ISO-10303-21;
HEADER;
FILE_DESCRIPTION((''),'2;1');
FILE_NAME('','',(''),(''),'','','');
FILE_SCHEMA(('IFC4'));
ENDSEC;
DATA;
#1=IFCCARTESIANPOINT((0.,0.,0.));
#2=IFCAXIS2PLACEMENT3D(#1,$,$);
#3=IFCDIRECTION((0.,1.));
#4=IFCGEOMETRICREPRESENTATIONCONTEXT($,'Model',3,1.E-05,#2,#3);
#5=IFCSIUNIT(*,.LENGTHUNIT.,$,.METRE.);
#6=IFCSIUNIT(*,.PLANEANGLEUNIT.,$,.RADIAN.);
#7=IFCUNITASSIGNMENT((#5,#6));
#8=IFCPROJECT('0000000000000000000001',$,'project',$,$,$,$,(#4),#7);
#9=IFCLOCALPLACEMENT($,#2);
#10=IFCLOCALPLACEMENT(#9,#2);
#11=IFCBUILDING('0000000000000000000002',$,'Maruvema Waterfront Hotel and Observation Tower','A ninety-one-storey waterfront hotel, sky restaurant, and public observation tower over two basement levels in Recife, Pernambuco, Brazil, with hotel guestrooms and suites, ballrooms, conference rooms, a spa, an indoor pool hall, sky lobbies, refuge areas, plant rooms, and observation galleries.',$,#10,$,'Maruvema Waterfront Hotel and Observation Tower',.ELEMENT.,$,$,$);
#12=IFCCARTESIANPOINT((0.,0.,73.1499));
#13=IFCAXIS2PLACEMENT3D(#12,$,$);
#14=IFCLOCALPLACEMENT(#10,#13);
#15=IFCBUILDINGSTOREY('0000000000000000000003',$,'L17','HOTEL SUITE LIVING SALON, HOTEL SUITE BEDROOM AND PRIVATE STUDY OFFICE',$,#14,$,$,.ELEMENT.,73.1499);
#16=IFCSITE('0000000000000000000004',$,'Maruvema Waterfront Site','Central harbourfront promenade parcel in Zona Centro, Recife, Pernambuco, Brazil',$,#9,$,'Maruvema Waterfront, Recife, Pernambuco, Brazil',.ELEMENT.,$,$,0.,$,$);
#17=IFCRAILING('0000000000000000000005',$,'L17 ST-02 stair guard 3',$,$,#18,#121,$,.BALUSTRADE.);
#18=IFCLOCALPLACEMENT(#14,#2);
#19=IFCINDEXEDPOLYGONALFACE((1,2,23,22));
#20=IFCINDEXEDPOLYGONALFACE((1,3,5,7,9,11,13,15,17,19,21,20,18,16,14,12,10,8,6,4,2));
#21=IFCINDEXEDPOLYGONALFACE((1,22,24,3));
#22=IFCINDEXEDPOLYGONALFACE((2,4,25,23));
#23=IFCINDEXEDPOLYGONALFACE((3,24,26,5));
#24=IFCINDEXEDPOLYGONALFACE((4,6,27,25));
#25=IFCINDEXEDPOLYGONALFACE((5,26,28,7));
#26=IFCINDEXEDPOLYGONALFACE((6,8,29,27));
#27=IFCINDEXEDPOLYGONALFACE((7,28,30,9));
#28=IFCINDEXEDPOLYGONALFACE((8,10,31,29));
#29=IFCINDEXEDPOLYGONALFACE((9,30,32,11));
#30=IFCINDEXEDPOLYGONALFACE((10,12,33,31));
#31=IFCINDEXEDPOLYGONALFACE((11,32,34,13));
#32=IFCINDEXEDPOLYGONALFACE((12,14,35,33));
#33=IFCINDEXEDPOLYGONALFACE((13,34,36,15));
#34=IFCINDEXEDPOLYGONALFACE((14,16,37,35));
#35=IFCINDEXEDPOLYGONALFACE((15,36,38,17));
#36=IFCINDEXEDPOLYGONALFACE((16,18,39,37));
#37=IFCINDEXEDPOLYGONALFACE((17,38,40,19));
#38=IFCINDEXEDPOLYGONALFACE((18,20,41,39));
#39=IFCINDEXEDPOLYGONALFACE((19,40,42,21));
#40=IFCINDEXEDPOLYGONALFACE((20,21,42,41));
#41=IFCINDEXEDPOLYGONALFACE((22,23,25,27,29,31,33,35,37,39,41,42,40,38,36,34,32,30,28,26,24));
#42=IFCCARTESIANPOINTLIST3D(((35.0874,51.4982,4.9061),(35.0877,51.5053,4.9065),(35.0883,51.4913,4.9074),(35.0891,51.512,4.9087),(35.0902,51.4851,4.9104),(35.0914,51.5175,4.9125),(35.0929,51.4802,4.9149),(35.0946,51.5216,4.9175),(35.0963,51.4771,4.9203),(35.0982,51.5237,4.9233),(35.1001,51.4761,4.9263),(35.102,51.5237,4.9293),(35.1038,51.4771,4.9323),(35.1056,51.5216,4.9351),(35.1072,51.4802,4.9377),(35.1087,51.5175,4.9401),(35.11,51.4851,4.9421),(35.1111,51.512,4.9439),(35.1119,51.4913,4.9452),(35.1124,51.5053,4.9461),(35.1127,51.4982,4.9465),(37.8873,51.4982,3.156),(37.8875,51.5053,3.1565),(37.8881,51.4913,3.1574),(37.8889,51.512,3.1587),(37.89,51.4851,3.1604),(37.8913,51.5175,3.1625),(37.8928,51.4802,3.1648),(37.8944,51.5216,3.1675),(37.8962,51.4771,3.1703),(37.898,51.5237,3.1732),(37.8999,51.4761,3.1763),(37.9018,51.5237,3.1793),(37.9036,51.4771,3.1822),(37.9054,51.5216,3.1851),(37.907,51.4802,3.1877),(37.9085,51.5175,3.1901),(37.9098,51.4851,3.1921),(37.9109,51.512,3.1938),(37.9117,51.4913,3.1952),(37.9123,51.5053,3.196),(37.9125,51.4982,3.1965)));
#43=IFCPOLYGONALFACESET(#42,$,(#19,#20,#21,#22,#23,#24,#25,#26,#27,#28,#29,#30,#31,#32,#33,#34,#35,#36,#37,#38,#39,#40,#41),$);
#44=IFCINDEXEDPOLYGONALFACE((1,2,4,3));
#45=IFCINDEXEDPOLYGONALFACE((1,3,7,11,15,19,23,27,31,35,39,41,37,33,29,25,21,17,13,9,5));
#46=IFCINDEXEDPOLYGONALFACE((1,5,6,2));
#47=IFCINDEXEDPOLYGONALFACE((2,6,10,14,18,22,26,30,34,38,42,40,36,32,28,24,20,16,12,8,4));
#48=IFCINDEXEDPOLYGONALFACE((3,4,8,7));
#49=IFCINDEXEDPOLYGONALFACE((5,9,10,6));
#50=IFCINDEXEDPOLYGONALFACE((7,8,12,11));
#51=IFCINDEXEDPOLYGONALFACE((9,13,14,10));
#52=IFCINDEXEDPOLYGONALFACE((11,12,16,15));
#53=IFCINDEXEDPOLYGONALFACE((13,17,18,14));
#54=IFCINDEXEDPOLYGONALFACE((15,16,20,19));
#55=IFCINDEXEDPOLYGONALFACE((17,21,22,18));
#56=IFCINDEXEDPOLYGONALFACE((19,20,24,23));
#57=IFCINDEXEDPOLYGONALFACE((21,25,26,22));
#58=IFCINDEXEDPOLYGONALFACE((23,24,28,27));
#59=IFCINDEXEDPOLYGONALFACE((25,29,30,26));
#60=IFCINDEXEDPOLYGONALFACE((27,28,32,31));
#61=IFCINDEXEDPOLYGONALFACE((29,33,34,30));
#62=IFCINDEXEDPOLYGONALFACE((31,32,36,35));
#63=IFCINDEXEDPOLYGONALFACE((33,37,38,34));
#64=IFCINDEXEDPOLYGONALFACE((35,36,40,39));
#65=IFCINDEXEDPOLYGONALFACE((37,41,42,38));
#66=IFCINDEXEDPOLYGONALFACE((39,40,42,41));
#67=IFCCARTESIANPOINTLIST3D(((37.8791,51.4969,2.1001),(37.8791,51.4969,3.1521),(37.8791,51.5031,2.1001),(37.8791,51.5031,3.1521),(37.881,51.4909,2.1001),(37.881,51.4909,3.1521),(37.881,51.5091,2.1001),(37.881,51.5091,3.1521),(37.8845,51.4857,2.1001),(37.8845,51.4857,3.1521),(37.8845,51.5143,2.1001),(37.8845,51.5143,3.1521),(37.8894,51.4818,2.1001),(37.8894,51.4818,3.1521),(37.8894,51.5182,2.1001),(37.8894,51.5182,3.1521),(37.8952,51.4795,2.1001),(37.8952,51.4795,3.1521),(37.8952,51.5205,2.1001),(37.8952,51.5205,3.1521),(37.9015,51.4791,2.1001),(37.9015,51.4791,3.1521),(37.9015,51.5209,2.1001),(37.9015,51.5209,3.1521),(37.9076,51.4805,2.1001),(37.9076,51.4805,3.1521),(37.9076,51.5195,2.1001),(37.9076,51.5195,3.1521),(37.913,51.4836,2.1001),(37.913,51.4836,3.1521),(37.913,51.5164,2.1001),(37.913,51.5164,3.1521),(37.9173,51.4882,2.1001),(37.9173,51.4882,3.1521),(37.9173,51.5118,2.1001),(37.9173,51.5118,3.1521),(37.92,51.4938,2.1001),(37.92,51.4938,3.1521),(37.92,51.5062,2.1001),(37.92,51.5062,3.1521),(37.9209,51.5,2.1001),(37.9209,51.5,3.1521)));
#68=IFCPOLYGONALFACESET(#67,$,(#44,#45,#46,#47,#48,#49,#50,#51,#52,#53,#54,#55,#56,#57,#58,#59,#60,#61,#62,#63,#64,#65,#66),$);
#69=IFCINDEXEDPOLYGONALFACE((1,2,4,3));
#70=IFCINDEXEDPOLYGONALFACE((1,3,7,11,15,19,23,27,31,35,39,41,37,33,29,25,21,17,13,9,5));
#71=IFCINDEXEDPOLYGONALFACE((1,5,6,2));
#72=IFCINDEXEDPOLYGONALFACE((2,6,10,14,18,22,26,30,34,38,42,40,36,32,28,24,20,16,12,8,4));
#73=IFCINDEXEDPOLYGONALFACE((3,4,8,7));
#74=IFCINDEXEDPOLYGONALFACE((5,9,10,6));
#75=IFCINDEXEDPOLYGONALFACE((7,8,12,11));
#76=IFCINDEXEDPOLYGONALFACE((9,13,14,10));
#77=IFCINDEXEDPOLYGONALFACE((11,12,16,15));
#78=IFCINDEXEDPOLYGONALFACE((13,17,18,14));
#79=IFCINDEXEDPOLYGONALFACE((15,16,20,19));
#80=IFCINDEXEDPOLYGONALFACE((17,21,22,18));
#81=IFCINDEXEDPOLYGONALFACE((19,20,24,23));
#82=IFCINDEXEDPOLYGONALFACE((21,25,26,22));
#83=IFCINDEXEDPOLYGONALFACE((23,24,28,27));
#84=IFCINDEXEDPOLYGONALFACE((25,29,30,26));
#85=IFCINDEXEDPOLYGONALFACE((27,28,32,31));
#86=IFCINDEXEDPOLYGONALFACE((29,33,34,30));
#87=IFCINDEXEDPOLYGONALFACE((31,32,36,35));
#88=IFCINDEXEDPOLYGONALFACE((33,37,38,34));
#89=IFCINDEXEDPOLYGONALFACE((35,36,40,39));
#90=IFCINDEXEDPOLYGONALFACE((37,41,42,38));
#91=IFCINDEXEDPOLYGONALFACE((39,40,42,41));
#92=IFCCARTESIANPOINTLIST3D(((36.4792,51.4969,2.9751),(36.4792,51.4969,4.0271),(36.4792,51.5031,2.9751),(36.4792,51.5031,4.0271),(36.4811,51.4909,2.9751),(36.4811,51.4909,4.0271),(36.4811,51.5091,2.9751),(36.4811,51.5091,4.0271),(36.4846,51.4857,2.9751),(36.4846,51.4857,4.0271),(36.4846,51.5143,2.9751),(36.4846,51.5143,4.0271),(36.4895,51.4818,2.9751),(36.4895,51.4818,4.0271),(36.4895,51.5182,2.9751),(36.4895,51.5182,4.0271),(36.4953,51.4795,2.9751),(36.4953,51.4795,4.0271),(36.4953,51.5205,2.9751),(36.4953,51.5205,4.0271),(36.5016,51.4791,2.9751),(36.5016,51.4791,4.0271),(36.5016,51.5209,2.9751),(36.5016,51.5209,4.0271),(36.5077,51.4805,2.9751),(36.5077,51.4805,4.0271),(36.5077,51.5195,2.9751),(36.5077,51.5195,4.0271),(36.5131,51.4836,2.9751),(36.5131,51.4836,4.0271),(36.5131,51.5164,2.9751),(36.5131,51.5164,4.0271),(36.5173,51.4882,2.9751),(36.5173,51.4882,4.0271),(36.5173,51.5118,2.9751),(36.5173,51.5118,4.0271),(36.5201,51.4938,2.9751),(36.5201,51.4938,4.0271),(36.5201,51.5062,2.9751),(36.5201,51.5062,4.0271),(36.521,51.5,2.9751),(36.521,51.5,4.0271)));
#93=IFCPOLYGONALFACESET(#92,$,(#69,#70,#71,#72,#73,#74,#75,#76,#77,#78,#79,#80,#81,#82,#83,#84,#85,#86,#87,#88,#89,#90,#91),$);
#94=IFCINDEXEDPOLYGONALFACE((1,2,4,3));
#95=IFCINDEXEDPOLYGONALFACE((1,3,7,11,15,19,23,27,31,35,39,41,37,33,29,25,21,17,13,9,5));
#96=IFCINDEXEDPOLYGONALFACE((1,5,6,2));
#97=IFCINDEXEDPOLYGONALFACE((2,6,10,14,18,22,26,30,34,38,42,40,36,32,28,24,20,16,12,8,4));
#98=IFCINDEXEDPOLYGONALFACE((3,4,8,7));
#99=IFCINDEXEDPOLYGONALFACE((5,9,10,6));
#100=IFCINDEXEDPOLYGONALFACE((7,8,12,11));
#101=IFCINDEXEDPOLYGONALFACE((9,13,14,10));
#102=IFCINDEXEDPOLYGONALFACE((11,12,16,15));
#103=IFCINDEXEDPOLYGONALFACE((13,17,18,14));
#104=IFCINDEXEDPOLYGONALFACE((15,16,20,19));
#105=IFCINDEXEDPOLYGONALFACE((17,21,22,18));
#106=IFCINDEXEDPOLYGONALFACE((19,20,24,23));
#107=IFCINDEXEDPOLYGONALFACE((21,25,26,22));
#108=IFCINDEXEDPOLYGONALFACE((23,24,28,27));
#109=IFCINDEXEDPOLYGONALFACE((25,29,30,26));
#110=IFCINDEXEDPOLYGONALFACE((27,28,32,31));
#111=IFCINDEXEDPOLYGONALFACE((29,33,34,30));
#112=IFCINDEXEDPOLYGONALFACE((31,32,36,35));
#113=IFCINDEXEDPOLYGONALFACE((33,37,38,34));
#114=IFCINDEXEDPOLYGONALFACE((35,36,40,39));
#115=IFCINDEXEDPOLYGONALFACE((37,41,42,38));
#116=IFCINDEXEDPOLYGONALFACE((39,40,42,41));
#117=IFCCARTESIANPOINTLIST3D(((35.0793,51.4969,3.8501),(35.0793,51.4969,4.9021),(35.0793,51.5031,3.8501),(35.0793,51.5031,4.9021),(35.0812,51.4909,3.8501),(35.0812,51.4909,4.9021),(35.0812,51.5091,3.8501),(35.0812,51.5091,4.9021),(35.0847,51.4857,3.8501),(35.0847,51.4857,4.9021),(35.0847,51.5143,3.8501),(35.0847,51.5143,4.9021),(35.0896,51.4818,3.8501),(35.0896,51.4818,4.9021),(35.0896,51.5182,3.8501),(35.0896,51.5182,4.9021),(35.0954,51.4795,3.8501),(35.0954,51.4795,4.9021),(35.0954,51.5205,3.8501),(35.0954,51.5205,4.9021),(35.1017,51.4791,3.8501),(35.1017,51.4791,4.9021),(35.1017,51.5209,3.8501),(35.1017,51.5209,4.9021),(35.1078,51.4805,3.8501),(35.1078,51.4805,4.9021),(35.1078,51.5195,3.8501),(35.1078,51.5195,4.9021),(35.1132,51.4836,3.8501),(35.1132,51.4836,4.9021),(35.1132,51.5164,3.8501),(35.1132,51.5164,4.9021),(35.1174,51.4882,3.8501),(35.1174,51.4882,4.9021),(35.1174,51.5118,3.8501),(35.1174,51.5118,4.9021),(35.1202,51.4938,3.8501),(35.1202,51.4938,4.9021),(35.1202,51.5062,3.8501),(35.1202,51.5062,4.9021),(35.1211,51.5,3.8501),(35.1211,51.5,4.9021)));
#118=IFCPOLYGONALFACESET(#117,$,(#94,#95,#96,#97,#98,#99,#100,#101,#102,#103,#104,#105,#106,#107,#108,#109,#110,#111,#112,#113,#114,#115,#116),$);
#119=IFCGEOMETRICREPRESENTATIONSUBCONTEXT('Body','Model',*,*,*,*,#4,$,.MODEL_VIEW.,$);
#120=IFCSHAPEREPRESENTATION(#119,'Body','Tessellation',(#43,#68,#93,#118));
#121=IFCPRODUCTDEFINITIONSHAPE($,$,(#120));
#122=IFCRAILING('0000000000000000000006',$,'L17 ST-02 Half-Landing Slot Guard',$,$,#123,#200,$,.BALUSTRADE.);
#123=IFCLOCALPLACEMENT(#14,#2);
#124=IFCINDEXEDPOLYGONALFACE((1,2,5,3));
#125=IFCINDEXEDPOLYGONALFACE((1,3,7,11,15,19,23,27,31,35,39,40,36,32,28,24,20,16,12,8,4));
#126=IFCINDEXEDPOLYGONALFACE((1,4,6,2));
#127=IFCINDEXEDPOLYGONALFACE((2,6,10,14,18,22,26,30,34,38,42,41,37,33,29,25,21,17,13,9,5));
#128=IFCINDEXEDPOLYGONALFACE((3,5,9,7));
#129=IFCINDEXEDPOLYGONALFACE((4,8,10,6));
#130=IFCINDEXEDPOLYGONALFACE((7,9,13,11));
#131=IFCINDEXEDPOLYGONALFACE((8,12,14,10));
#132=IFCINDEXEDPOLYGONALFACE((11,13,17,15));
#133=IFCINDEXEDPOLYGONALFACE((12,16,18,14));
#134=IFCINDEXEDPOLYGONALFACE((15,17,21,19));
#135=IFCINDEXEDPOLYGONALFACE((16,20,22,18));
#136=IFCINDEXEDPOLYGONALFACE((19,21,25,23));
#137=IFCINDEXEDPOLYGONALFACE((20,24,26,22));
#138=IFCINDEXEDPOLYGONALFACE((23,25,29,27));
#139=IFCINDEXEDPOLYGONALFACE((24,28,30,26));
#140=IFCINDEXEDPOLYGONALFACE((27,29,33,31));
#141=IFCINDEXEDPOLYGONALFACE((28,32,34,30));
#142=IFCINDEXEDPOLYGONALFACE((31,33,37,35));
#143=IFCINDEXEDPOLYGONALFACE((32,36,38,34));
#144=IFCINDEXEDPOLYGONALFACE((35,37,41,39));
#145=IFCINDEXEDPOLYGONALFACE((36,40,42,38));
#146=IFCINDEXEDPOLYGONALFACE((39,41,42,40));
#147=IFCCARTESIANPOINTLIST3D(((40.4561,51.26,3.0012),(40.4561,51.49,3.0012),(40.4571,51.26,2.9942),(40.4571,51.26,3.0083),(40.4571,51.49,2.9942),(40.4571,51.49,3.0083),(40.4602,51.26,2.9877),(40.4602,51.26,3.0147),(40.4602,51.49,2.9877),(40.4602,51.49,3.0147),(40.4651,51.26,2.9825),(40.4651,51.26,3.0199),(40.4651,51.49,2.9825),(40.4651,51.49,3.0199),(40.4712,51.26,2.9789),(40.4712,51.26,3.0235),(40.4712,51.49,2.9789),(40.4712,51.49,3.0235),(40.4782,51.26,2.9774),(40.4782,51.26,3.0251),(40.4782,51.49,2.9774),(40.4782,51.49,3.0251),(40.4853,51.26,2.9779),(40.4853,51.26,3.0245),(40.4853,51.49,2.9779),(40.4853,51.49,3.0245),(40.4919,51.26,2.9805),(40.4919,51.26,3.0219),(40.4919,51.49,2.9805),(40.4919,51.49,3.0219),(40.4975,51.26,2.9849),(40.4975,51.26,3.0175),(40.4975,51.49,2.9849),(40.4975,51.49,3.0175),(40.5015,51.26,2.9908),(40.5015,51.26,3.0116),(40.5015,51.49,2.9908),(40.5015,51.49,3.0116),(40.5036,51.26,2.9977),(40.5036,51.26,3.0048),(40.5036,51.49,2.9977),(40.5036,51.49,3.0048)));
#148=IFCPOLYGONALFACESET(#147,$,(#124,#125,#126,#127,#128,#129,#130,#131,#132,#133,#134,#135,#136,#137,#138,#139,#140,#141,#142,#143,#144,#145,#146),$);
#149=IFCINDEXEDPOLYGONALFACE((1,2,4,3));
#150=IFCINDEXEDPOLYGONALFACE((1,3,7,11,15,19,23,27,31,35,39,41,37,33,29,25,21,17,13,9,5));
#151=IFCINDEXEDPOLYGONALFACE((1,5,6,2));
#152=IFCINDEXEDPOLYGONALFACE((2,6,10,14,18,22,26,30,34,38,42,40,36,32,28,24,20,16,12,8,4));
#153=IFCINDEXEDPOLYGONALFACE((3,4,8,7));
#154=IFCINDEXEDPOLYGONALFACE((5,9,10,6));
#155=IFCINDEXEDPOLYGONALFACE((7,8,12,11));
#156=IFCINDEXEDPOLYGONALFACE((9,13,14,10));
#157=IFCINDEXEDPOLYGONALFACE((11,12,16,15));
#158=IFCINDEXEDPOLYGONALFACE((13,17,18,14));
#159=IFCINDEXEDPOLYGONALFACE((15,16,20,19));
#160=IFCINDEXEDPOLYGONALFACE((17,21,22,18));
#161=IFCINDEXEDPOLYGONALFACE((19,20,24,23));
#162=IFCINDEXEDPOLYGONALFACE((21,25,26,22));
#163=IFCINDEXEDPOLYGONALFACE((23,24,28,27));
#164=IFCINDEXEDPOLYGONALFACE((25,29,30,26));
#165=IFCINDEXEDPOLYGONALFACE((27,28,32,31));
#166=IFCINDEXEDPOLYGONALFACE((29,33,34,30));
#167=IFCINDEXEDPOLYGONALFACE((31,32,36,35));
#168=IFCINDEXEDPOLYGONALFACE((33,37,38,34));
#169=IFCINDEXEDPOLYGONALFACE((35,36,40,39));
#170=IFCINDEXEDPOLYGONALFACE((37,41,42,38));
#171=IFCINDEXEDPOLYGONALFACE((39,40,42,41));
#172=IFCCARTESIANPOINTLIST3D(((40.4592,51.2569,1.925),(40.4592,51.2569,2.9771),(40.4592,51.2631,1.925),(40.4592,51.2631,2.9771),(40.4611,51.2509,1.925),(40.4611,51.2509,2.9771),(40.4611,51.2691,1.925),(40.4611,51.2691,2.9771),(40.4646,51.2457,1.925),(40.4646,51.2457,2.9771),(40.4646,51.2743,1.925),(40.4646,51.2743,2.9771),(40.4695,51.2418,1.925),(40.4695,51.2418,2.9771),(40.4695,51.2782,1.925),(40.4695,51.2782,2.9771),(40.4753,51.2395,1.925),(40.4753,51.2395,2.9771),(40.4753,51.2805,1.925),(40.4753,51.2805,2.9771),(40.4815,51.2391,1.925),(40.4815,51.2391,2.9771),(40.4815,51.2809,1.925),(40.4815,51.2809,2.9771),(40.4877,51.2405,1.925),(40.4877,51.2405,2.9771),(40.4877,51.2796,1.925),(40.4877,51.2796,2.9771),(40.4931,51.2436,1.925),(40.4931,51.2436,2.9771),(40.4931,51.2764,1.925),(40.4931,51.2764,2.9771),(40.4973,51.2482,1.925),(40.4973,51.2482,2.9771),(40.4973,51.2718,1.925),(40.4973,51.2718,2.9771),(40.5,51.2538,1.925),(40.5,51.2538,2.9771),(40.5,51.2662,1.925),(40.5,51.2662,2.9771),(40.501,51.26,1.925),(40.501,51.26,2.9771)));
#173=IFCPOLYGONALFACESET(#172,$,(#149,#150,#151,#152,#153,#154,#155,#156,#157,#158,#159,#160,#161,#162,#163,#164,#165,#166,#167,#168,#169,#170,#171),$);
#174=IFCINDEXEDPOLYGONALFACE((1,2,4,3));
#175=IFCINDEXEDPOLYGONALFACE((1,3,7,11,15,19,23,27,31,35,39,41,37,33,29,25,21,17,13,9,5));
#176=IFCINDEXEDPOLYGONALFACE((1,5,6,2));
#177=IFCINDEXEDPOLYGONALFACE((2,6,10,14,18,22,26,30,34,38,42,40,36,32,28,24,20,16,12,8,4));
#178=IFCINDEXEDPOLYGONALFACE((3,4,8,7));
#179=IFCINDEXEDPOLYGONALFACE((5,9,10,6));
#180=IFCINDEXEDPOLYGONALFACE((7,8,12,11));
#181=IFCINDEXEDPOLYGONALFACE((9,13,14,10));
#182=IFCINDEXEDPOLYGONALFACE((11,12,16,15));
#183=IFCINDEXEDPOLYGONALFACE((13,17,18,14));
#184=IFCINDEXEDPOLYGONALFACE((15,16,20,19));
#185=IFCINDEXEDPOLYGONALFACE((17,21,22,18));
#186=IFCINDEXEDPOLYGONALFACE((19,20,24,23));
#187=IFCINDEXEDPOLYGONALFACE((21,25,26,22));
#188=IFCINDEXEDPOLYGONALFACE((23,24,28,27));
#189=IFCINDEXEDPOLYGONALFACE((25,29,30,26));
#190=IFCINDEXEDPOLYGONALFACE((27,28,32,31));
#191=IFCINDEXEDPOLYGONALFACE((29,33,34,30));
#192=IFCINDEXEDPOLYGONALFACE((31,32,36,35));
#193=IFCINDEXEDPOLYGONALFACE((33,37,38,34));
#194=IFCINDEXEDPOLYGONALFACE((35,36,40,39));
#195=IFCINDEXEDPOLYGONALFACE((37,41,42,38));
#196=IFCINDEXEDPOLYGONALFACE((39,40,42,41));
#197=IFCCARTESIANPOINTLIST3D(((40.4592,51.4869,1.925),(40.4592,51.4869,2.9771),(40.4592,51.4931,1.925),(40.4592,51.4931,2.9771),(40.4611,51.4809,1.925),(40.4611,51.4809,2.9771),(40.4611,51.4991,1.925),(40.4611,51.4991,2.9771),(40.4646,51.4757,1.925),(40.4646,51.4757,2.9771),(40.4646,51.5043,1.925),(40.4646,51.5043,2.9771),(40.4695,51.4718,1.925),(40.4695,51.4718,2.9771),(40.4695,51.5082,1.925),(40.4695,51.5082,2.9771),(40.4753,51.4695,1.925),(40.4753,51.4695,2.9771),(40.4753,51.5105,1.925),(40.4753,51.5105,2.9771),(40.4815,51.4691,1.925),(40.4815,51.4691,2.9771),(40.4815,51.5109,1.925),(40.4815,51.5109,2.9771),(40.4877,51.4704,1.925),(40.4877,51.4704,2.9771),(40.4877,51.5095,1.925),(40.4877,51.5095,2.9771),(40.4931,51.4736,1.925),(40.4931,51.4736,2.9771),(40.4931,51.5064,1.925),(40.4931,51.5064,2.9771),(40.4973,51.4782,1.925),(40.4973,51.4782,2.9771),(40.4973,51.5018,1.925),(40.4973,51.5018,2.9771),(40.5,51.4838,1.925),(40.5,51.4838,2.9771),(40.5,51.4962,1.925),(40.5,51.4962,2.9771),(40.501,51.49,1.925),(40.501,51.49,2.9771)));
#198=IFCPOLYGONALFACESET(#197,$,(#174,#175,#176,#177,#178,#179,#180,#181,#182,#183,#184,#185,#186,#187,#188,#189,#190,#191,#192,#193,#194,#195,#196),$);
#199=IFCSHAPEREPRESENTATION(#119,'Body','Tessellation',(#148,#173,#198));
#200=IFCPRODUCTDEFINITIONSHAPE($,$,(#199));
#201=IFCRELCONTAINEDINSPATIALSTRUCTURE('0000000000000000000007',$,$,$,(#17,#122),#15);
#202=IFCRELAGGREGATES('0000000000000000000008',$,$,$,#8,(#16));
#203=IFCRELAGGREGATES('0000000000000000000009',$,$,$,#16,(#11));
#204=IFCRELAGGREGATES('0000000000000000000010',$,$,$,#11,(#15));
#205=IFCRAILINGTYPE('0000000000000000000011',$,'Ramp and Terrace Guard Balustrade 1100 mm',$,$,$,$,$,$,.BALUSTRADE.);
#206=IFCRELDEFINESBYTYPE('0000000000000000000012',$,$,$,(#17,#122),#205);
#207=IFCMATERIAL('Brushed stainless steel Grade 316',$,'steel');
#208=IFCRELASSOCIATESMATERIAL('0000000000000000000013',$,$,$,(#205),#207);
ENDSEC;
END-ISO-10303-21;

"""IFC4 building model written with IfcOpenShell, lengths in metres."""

from ifc_helpers import new_model, si_unit, direction, frame, origin, origin_2d, place, context, subcontext, project, spatial, circle, extrude, material, type_object, element, save


model = new_model("IFC4")

# Units and contexts
model_context = context("Model", 3, precision=1e-05, world=origin(), true_north=direction((0.0, 1.0)))
body_context = subcontext(model_context, "Body", "Model", "MODEL_VIEW")
ifc_project = project(units=[si_unit("LENGTHUNIT", "METRE"), si_unit("PLANEANGLEUNIT", "RADIAN")], contexts=[model_context])

# Site, building, storey
site_placement = place(None, origin())
site = spatial("IfcSite", under=ifc_project, at=site_placement, Name="Maruvema Waterfront Site", Description="Central harbourfront promenade parcel in Zona Centro, Recife, Pernambuco, Brazil", LongName="Maruvema Waterfront, Recife, Pernambuco, Brazil", CompositionType="ELEMENT", RefElevation=0.0)
building_placement = place(site_placement, origin())
building = spatial("IfcBuilding", under=site, at=building_placement, Name="Maruvema Waterfront Hotel and Observation Tower", Description="A ninety-one-storey waterfront hotel, sky restaurant, and public observation tower over two basement levels in Recife, Pernambuco, Brazil, with hotel guestrooms and suites, ballrooms, conference rooms, a spa, an indoor pool hall, sky lobbies, refuge areas, plant rooms, and observation galleries.", LongName="Maruvema Waterfront Hotel and Observation Tower", CompositionType="ELEMENT")
storey_placement = place(building_placement, frame((0.0, 0.0, 73.1499)))
storey = spatial("IfcBuildingStorey", under=building, at=storey_placement, Name="L17", Description="HOTEL SUITE LIVING SALON, HOTEL SUITE BEDROOM AND PRIVATE STUDY OFFICE", CompositionType="ELEMENT", Elevation=73.1499)

# Railings
ifc_material_1 = material(Name="Brushed stainless steel Grade 316", Category="steel")
railing_type_1 = type_object("IfcRailingType", Name="Ramp and Terrace Guard Balustrade 1100 mm", PredefinedType="BALUSTRADE", material=ifc_material_1)
railing_1_placement = place(storey_placement, frame((37.8999, 51.5, 2.1001)))
element("IfcRailing", 1, at=railing_1_placement, inside=storey, type_object=railing_type_1, Name="L17 ST-02 stair guard 3", PredefinedType="BALUSTRADE", context=body_context, shape_type="SweptSolid", body=[
    extrude(circle(Radius=0.0239, at=origin_2d()), frame((0.0, 0.0, 1.0762), z_axis=(-0.847982, 0.0, 0.530026), x_axis=(0.0, -1.0, 0.0)), (0.0, 0.0, 1.0), 3.3018),
    extrude(circle(Radius=0.021, at=origin_2d()), origin(), (0.0, 0.0, 1.0), 1.052),
    extrude(circle(Radius=0.021, at=origin_2d()), frame((-1.3999, 0.0, 0.875)), (0.0, 0.0, 1.0), 1.052),
    extrude(circle(Radius=0.021, at=origin_2d()), frame((-2.7998, 0.0, 1.75)), (0.0, 0.0, 1.0), 1.052),
])
railing_2_placement = place(storey_placement, frame((40.48, 51.26, 1.925)))
element("IfcRailing", 2, at=railing_2_placement, inside=storey, type_object=railing_type_1, Name="L17 ST-02 Half-Landing Slot Guard", PredefinedType="BALUSTRADE", context=body_context, shape_type="SweptSolid", body=[
    extrude(circle(Radius=0.0239, at=origin_2d()), frame((0.0, 0.0, 1.0762), z_axis=(0.0, 1.0, 0.0), x_axis=(-1.0, 0.0, 0.0)), (0.0, 0.0, 1.0), 0.23),
    extrude(circle(Radius=0.021, at=origin_2d()), origin(), (0.0, 0.0, 1.0), 1.052),
    extrude(circle(Radius=0.021, at=origin_2d()), frame((0.0, 0.23, 0.0)), (0.0, 0.0, 1.0), 1.052),
])

save(model, "model.ifc")
